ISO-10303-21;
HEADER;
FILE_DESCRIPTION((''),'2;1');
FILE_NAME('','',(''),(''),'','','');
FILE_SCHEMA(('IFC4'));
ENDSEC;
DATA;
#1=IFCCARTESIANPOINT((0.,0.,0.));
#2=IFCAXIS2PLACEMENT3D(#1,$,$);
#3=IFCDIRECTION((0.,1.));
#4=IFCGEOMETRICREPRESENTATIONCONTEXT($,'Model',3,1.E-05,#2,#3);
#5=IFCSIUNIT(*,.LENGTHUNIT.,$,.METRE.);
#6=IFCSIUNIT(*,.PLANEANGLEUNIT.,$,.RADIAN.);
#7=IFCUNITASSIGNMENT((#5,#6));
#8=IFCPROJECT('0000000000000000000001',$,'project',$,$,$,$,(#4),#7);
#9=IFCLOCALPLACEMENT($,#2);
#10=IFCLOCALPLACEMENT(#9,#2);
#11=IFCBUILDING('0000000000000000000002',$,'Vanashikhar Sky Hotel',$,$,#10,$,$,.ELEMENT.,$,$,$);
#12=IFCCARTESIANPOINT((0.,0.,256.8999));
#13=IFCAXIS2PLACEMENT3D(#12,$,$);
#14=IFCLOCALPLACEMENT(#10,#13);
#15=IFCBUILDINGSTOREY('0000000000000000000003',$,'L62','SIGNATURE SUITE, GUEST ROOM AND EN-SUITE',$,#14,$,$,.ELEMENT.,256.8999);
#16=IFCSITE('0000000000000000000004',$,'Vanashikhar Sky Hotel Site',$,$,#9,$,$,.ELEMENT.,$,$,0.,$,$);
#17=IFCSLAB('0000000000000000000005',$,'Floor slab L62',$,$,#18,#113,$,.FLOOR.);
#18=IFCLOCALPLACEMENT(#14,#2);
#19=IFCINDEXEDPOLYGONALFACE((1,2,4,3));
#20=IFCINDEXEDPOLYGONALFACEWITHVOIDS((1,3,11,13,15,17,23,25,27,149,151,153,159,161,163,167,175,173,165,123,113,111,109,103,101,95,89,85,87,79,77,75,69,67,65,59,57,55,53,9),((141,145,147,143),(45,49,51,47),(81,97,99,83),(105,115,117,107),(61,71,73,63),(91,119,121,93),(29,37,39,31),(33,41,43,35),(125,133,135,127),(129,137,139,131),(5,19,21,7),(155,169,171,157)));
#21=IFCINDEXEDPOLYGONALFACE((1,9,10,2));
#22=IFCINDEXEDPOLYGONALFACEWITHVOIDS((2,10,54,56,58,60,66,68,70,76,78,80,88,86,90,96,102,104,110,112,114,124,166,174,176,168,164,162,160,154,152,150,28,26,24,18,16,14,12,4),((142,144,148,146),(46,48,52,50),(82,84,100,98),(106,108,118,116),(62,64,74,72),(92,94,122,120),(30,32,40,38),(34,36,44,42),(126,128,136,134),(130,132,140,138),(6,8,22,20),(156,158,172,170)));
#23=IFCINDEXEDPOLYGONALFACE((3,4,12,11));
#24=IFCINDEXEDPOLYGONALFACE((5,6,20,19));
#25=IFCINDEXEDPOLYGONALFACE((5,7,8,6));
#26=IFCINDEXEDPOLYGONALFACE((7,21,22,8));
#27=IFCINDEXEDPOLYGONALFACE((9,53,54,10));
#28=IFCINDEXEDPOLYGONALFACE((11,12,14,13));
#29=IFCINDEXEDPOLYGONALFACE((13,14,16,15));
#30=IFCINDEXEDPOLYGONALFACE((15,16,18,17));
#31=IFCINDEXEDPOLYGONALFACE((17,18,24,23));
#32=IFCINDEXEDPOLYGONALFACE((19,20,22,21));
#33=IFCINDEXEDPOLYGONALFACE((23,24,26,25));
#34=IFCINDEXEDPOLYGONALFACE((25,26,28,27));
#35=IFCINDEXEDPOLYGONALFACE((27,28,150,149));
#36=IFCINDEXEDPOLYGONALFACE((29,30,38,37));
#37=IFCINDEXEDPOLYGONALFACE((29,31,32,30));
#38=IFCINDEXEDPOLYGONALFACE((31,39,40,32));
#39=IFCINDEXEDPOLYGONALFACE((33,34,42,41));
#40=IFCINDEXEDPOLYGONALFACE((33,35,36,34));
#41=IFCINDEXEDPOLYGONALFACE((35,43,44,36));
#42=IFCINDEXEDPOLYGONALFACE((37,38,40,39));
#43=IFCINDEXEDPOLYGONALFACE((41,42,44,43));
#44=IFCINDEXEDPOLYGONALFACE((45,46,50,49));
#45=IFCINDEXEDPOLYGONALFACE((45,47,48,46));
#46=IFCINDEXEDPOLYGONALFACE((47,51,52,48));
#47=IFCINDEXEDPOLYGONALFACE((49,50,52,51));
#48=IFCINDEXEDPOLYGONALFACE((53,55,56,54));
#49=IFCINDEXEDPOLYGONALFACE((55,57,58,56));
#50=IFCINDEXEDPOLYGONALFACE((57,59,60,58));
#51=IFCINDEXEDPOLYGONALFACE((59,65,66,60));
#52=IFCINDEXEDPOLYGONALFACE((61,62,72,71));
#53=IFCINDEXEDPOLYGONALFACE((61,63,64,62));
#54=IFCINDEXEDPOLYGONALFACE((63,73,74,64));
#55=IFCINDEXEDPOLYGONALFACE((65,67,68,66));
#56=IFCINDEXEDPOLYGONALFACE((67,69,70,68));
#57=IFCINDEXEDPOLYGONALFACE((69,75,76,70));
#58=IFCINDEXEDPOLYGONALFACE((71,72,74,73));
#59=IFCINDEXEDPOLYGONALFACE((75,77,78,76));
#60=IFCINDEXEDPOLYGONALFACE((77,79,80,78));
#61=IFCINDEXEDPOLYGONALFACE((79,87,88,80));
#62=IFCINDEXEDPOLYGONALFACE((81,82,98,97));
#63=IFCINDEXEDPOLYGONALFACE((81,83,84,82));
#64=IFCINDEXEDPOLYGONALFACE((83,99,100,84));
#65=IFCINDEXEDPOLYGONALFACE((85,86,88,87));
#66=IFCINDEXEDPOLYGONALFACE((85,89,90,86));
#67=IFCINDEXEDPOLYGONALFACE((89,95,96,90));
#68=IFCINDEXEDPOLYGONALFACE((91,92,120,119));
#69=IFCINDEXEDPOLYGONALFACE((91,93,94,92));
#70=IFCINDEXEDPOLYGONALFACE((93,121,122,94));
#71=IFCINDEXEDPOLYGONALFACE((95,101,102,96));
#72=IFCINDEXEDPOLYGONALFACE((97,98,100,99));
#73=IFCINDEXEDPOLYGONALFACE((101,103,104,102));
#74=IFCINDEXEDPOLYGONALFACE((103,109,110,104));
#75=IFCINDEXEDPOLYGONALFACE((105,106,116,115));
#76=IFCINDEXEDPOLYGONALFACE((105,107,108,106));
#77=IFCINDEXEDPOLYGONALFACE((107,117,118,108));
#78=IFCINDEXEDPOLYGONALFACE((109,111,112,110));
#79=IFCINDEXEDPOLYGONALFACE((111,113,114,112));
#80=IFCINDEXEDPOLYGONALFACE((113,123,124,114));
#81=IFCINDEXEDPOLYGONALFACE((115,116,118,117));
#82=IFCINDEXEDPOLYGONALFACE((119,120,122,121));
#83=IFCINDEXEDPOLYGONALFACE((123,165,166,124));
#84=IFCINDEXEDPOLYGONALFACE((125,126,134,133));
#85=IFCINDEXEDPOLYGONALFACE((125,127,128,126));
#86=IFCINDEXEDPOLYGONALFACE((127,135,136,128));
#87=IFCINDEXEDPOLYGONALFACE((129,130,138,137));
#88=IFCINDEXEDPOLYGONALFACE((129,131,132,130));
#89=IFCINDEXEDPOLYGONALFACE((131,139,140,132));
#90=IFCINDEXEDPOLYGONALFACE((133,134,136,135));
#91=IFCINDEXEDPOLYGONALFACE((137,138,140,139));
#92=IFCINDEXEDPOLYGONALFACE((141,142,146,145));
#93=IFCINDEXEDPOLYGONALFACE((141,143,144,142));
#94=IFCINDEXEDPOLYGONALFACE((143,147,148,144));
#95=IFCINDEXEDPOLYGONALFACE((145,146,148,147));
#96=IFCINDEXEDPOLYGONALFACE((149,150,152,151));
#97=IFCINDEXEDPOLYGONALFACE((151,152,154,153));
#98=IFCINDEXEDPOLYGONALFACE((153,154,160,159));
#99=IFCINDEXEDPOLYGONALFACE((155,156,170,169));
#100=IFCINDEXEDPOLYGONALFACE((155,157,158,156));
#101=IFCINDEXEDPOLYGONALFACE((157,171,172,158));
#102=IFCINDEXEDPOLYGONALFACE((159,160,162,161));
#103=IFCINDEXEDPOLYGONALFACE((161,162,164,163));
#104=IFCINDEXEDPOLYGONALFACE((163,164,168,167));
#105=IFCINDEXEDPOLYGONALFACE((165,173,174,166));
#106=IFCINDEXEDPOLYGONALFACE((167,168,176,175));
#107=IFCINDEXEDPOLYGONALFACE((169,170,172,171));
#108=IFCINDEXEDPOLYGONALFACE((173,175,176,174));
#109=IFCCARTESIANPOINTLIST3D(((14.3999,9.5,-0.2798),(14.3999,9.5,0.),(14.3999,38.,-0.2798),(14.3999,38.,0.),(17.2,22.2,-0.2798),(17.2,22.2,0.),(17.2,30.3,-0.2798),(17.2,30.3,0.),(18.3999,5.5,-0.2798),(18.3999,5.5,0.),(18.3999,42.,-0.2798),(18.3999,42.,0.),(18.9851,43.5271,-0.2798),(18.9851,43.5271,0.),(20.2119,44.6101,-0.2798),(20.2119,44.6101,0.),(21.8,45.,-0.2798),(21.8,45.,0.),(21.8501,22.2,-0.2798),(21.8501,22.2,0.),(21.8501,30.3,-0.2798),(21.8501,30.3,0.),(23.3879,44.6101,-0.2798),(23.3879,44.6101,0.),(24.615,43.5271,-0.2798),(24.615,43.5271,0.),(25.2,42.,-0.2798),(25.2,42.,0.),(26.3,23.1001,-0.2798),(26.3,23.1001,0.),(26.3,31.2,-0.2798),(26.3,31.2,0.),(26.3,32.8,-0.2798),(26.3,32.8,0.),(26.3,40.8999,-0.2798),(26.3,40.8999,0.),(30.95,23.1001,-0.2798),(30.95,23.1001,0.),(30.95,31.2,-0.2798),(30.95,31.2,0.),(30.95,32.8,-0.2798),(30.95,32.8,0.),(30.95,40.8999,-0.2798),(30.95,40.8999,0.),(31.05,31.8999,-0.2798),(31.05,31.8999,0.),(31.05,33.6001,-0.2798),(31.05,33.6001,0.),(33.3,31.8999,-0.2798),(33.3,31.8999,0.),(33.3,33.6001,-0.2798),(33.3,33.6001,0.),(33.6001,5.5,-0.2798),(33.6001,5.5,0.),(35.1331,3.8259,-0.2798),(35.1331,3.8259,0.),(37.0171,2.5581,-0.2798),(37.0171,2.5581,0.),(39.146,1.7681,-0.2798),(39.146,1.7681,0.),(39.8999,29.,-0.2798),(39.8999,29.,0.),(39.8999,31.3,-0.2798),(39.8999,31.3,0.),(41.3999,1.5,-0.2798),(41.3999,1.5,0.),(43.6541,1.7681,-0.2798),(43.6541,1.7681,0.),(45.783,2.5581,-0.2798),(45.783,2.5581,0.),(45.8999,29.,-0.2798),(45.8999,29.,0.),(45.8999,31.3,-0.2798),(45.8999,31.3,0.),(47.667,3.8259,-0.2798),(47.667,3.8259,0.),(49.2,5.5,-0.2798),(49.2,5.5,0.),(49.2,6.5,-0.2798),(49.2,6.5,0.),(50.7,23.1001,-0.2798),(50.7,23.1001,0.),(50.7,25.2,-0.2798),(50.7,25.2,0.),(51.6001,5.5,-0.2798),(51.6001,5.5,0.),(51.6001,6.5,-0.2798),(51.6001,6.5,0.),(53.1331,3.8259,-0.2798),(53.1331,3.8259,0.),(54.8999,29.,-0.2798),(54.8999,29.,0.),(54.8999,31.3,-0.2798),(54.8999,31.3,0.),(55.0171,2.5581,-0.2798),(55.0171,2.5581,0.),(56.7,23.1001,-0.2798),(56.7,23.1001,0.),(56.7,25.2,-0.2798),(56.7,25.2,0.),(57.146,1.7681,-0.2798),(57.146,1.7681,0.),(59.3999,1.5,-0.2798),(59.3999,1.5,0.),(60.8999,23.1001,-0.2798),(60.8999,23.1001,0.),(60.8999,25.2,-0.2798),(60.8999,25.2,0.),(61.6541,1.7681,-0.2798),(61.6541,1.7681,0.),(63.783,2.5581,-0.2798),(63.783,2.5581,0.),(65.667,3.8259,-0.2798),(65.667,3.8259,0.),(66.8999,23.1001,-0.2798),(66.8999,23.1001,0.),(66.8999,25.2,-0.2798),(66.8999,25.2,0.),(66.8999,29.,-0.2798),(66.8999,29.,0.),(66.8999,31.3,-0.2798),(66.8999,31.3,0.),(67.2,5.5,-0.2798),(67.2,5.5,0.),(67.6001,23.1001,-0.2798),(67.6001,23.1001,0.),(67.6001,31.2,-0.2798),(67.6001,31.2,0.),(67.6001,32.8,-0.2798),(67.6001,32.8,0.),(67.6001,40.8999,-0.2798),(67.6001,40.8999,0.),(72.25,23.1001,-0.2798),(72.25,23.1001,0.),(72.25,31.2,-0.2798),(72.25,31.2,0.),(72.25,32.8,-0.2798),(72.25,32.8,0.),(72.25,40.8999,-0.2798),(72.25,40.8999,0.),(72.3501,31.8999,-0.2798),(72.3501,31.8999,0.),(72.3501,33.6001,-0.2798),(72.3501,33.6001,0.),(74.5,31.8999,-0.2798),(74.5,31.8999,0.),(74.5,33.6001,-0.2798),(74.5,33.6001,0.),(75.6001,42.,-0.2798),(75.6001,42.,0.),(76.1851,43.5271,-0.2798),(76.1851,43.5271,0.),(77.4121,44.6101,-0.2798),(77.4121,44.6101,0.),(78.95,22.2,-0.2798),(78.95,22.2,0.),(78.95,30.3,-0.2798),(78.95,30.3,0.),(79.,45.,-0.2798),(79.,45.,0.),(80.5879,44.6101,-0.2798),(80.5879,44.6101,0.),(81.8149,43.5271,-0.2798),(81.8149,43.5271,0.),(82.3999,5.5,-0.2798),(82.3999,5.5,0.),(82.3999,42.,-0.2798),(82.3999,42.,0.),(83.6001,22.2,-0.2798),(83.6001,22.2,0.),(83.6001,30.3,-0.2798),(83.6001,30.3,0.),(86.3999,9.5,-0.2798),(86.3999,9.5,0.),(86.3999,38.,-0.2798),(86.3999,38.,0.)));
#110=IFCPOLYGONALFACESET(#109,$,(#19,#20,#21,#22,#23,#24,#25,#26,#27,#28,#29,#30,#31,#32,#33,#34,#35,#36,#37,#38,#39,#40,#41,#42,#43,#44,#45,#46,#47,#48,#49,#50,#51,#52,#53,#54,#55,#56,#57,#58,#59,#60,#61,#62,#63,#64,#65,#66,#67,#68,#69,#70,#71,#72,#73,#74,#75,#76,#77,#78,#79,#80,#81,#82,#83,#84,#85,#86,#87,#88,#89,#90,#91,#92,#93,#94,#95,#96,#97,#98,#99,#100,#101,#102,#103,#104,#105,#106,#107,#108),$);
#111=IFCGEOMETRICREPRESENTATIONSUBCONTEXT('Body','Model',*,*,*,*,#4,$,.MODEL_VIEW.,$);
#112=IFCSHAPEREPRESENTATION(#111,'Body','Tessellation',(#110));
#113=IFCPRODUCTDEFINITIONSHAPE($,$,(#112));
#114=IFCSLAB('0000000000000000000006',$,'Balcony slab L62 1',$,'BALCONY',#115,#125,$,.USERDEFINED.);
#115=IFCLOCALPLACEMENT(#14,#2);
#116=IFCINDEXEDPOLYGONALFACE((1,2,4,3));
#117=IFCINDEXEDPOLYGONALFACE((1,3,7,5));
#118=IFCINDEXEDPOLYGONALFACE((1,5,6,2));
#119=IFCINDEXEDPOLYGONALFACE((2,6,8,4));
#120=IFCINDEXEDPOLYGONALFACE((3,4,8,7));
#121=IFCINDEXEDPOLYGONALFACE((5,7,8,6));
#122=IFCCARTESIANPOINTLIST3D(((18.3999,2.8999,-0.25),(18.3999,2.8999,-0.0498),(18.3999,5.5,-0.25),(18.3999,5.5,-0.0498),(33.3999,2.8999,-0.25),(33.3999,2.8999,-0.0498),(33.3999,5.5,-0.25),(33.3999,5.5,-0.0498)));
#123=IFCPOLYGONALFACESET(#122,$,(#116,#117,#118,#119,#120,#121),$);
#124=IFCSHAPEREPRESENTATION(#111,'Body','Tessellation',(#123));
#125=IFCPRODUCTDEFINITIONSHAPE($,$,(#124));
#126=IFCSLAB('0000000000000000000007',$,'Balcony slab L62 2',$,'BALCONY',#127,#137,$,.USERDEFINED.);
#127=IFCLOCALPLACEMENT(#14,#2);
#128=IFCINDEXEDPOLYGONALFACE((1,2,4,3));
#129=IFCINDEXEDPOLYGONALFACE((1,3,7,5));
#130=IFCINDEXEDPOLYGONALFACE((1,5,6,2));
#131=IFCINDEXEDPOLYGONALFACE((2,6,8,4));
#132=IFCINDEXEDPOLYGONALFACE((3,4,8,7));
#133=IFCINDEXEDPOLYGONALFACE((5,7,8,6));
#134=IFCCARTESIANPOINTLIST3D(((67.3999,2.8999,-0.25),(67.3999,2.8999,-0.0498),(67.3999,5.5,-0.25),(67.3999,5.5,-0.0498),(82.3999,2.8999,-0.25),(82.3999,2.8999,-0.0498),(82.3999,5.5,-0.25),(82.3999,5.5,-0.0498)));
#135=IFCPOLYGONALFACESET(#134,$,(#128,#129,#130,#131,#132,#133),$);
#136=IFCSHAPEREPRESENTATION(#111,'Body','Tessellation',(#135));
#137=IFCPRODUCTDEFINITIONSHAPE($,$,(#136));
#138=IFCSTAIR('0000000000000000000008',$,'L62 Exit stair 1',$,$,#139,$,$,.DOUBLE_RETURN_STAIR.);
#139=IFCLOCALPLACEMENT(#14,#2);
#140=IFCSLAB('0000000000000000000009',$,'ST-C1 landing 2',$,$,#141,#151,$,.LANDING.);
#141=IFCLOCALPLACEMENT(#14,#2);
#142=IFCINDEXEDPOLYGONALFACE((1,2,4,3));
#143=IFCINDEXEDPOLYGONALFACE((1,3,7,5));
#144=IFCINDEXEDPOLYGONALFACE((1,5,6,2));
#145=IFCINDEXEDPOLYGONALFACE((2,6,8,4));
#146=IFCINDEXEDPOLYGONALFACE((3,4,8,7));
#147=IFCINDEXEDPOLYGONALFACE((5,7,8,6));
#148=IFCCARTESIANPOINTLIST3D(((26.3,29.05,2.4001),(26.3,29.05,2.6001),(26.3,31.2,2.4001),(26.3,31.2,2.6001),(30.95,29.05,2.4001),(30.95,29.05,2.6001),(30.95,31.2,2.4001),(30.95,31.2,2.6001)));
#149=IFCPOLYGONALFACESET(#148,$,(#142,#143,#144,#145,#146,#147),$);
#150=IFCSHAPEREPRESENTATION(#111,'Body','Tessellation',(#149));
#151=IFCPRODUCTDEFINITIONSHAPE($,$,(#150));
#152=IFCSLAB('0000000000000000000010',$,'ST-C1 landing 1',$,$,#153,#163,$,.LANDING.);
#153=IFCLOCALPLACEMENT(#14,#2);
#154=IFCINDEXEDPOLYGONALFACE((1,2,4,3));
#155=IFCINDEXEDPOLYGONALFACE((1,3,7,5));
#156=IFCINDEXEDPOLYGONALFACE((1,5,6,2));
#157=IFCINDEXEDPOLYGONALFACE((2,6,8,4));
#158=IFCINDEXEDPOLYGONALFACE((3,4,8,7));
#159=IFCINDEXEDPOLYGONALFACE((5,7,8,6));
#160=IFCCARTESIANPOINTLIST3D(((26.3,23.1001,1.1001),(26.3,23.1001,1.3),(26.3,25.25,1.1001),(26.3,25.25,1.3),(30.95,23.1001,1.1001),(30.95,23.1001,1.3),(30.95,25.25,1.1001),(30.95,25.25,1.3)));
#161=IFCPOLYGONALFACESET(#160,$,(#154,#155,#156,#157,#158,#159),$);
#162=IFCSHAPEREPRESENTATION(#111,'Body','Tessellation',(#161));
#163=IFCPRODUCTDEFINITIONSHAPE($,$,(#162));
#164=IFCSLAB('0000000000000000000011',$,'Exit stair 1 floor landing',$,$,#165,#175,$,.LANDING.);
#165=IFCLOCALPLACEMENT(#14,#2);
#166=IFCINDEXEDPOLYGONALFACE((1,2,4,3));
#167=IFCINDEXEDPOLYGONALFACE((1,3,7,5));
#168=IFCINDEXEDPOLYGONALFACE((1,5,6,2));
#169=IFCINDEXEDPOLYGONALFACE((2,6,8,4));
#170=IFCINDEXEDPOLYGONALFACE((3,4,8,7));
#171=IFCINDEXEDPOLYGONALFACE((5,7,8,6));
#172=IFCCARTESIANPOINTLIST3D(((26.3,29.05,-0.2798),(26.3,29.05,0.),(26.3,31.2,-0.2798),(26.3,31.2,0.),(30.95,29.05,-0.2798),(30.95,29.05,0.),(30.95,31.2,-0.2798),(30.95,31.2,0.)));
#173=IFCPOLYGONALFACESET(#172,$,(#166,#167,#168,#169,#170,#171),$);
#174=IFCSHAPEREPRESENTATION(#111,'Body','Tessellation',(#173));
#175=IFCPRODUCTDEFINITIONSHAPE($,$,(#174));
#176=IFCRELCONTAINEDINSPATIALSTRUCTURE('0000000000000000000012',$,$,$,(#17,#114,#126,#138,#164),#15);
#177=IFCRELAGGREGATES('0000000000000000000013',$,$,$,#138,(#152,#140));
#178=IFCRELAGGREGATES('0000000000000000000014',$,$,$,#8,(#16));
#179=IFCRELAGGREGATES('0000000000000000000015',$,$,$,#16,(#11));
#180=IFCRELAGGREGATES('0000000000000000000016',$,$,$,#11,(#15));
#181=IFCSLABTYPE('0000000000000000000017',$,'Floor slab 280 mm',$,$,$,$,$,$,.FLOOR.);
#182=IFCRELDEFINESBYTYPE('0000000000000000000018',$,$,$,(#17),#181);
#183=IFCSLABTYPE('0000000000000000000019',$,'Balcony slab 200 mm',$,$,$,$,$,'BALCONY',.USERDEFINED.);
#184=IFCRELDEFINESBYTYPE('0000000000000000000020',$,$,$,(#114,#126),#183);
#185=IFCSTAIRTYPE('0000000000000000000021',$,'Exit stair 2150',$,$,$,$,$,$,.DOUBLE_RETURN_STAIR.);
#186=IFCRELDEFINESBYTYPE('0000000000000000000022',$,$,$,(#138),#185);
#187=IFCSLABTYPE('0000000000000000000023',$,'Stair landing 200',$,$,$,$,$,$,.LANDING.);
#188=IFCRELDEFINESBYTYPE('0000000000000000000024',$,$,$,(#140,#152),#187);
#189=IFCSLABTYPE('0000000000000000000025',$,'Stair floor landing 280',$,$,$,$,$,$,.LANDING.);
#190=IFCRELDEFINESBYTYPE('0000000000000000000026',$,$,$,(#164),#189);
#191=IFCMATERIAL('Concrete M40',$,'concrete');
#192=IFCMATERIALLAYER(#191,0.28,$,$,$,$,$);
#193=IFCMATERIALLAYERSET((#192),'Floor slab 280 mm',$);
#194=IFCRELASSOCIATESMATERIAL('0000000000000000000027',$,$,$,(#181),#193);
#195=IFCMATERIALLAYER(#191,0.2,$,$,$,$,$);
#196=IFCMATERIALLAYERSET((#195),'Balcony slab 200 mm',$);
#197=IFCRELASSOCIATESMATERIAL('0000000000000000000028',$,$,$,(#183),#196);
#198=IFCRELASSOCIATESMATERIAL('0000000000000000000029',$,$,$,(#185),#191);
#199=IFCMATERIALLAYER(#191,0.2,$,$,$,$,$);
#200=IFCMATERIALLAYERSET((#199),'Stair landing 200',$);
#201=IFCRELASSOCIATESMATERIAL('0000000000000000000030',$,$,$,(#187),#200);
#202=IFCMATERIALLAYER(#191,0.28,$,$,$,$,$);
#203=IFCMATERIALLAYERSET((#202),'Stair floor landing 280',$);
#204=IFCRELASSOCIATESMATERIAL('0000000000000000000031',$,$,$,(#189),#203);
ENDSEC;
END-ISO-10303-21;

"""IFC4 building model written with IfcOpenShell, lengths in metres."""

from ifc_helpers import new_model, si_unit, direction, frame, origin, place, context, subcontext, project, spatial, polyline, outline, extrude, source, transform, mapped, material, layer, layer_set, type_object, element, aggregate, save


model = new_model("IFC4")

# Units and contexts
model_context = context("Model", 3, precision=1e-05, world=origin(), true_north=direction((0.0, 1.0)))
body_context = subcontext(model_context, "Body", "Model", "MODEL_VIEW")
ifc_project = project(units=[si_unit("LENGTHUNIT", "METRE"), si_unit("PLANEANGLEUNIT", "RADIAN")], contexts=[model_context])

# Site, building, storey
site_placement = place(None, origin())
site = spatial("IfcSite", under=ifc_project, at=site_placement, Name="Vanashikhar Sky Hotel Site", CompositionType="ELEMENT", RefElevation=0.0)
building_placement = place(site_placement, origin())
building = spatial("IfcBuilding", under=site, at=building_placement, Name="Vanashikhar Sky Hotel", CompositionType="ELEMENT")
storey_placement = place(building_placement, frame((0.0, 0.0, 256.8999)))
storey = spatial("IfcBuildingStorey", under=building, at=storey_placement, Name="L62", Description="SIGNATURE SUITE, GUEST ROOM AND EN-SUITE", CompositionType="ELEMENT", Elevation=256.8999)

# Slabs
ifc_material = material(Name="Concrete M40", Category="concrete")
ifc_layer_1 = layer(ifc_material, 0.28)
ifc_layer_set_1 = layer_set([ifc_layer_1], Name="Floor slab 280 mm")
slab_type_1 = type_object("IfcSlabType", Name="Floor slab 280 mm", PredefinedType="FLOOR", material=ifc_layer_set_1)
shared_shape_1 = source(origin(), body_context, "Body", "SweptSolid", [
    extrude(outline(polyline([(49.2, 5.5), (49.2, 6.5), (51.6001, 6.5), (51.6001, 5.5), (53.1331, 3.8259), (55.0171, 2.5581), (57.146, 1.7681), (59.3999, 1.5), (61.6541, 1.7681), (63.783, 2.5581), (65.667, 3.8259), (67.2, 5.5), (82.3999, 5.5), (86.3999, 9.5), (86.3999, 38.0), (82.3999, 42.0), (81.8149, 43.5271), (80.5879, 44.6101), (79.0, 45.0), (77.4121, 44.6101), (76.1851, 43.5271), (75.6001, 42.0), (25.2, 42.0), (24.615, 43.5271), (23.3879, 44.6101), (21.8, 45.0), (20.2119, 44.6101), (18.9851, 43.5271), (18.3999, 42.0), (14.3999, 38.0), (14.3999, 9.5), (18.3999, 5.5), (33.6001, 5.5), (35.1331, 3.8259), (37.0171, 2.5581), (39.146, 1.7681), (41.3999, 1.5), (43.6541, 1.7681), (45.783, 2.5581), (47.667, 3.8259), (49.2, 5.5)]), holes=[polyline([(33.3, 33.6001), (31.05, 33.6001), (31.05, 31.8999), (33.3, 31.8999), (33.3, 33.6001)]), polyline([(39.8999, 31.3), (39.8999, 29.0), (45.8999, 29.0), (45.8999, 31.3), (39.8999, 31.3)]), polyline([(50.7, 25.2), (50.7, 23.1001), (56.7, 23.1001), (56.7, 25.2), (50.7, 25.2)]), polyline([(66.8999, 29.0), (66.8999, 31.3), (54.8999, 31.3), (54.8999, 29.0), (66.8999, 29.0)]), polyline([(60.8999, 25.2), (60.8999, 23.1001), (66.8999, 23.1001), (66.8999, 25.2), (60.8999, 25.2)]), polyline([(74.5, 33.6001), (72.3501, 33.6001), (72.3501, 31.8999), (74.5, 31.8999), (74.5, 33.6001)]), polyline([(30.95, 23.1001), (30.95, 31.2), (26.3, 31.2), (26.3, 23.1001), (30.95, 23.1001)]), polyline([(72.25, 23.1001), (72.25, 31.2), (67.6001, 31.2), (67.6001, 23.1001), (72.25, 23.1001)]), polyline([(30.95, 32.8), (30.95, 40.8999), (26.3, 40.8999), (26.3, 32.8), (30.95, 32.8)]), polyline([(72.25, 32.8), (72.25, 40.8999), (67.6001, 40.8999), (67.6001, 32.8), (72.25, 32.8)]), polyline([(83.6001, 22.2), (83.6001, 30.3), (78.95, 30.3), (78.95, 22.2), (83.6001, 22.2)]), polyline([(21.8501, 22.2), (21.8501, 30.3), (17.2, 30.3), (17.2, 22.2), (21.8501, 22.2)])]), origin(), (0.0, 0.0, 1.0), 0.2798),
])
slab_1_placement = place(storey_placement, frame((0.0, 0.0, -0.2798)))
element("IfcSlab", 1, at=slab_1_placement, inside=storey, type_object=slab_type_1, Name="Floor slab L62", PredefinedType="FLOOR", context=body_context, shape_type="MappedRepresentation", body=[
    mapped(shared_shape_1, transform((0.0, 0.0, 0.0), scale=1.0)),
])
ifc_layer_2 = layer(ifc_material, 0.2)
ifc_layer_set_2 = layer_set([ifc_layer_2], Name="Balcony slab 200 mm")
slab_type_2 = type_object("IfcSlabType", Name="Balcony slab 200 mm", ElementType="BALCONY", PredefinedType="USERDEFINED", material=ifc_layer_set_2)
shared_shape_2 = source(origin(), body_context, "Body", "SweptSolid", [
    extrude(outline(polyline([(18.3999, 2.8999), (33.3999, 2.8999), (33.3999, 5.5), (18.3999, 5.5), (18.3999, 2.8999)])), origin(), (0.0, 0.0, 1.0), 0.2002),
])
slab_2_placement = place(storey_placement, frame((0.0, 0.0, -0.25)))
element("IfcSlab", 2, at=slab_2_placement, inside=storey, type_object=slab_type_2, Name="Balcony slab L62 1", ObjectType="BALCONY", PredefinedType="USERDEFINED", context=body_context, shape_type="MappedRepresentation", body=[
    mapped(shared_shape_2, transform((0.0, 0.0, 0.0), scale=1.0)),
])
shared_shape_3 = source(origin(), body_context, "Body", "SweptSolid", [
    extrude(outline(polyline([(67.3999, 2.8999), (82.3999, 2.8999), (82.3999, 5.5), (67.3999, 5.5), (67.3999, 2.8999)])), origin(), (0.0, 0.0, 1.0), 0.2002),
])
slab_3_placement = place(storey_placement, frame((0.0, 0.0, -0.25)))
element("IfcSlab", 3, at=slab_3_placement, inside=storey, type_object=slab_type_2, Name="Balcony slab L62 2", ObjectType="BALCONY", PredefinedType="USERDEFINED", context=body_context, shape_type="MappedRepresentation", body=[
    mapped(shared_shape_3, transform((0.0, 0.0, 0.0), scale=1.0)),
])

# Stair, slabs
stair_type = type_object("IfcStairType", Name="Exit stair 2150", PredefinedType="DOUBLE_RETURN_STAIR", material=ifc_material)
stair_1_placement = place(storey_placement, origin())
stair_1 = element("IfcStair", 4, at=stair_1_placement, inside=storey, type_object=stair_type, Name="L62 Exit stair 1", PredefinedType="DOUBLE_RETURN_STAIR")
ifc_layer_3 = layer(ifc_material, 0.2)
ifc_layer_set_3 = layer_set([ifc_layer_3], Name="Stair landing 200")
slab_type_3 = type_object("IfcSlabType", Name="Stair landing 200", PredefinedType="LANDING", material=ifc_layer_set_3)
shared_shape_4 = source(origin(), body_context, "Body", "SweptSolid", [
    extrude(outline(polyline([(30.95, 29.05), (30.95, 31.2), (26.3, 31.2), (26.3, 29.05), (30.95, 29.05)])), origin(), (0.0, 0.0, 1.0), 0.2),
])
slab_4_placement = place(storey_placement, frame((0.0, 0.0, 2.4001)))
slab_4 = element("IfcSlab", 5, at=slab_4_placement, type_object=slab_type_3, Name="ST-C1 landing 2", PredefinedType="LANDING", context=body_context, shape_type="MappedRepresentation", body=[
    mapped(shared_shape_4, transform((0.0, 0.0, 0.0), scale=1.0)),
])
shared_shape_5 = source(origin(), body_context, "Body", "SweptSolid", [
    extrude(outline(polyline([(30.95, 23.1001), (30.95, 25.25), (26.3, 25.25), (26.3, 23.1001), (30.95, 23.1001)])), origin(), (0.0, 0.0, 1.0), 0.2),
])
slab_5_placement = place(storey_placement, frame((0.0, 0.0, 1.1001)))
slab_5 = element("IfcSlab", 6, at=slab_5_placement, type_object=slab_type_3, Name="ST-C1 landing 1", PredefinedType="LANDING", context=body_context, shape_type="MappedRepresentation", body=[
    mapped(shared_shape_5, transform((0.0, 0.0, 0.0), scale=1.0)),
])
aggregate(stair_1, [slab_5, slab_4])

# Slab
ifc_layer_4 = layer(ifc_material, 0.28)
ifc_layer_set_4 = layer_set([ifc_layer_4], Name="Stair floor landing 280")
slab_type_4 = type_object("IfcSlabType", Name="Stair floor landing 280", PredefinedType="LANDING", material=ifc_layer_set_4)
shared_shape_6 = source(origin(), body_context, "Body", "SweptSolid", [
    extrude(outline(polyline([(30.95, 29.05), (30.95, 31.2), (26.3, 31.2), (26.3, 29.05), (30.95, 29.05)])), origin(), (0.0, 0.0, 1.0), 0.2798),
])
slab_6_placement = place(storey_placement, frame((0.0, 0.0, -0.2798)))
element("IfcSlab", 7, at=slab_6_placement, inside=storey, type_object=slab_type_4, Name="Exit stair 1 floor landing", PredefinedType="LANDING", context=body_context, shape_type="MappedRepresentation", body=[
    mapped(shared_shape_6, transform((0.0, 0.0, 0.0), scale=1.0)),
])

save(model, "model.ifc")
